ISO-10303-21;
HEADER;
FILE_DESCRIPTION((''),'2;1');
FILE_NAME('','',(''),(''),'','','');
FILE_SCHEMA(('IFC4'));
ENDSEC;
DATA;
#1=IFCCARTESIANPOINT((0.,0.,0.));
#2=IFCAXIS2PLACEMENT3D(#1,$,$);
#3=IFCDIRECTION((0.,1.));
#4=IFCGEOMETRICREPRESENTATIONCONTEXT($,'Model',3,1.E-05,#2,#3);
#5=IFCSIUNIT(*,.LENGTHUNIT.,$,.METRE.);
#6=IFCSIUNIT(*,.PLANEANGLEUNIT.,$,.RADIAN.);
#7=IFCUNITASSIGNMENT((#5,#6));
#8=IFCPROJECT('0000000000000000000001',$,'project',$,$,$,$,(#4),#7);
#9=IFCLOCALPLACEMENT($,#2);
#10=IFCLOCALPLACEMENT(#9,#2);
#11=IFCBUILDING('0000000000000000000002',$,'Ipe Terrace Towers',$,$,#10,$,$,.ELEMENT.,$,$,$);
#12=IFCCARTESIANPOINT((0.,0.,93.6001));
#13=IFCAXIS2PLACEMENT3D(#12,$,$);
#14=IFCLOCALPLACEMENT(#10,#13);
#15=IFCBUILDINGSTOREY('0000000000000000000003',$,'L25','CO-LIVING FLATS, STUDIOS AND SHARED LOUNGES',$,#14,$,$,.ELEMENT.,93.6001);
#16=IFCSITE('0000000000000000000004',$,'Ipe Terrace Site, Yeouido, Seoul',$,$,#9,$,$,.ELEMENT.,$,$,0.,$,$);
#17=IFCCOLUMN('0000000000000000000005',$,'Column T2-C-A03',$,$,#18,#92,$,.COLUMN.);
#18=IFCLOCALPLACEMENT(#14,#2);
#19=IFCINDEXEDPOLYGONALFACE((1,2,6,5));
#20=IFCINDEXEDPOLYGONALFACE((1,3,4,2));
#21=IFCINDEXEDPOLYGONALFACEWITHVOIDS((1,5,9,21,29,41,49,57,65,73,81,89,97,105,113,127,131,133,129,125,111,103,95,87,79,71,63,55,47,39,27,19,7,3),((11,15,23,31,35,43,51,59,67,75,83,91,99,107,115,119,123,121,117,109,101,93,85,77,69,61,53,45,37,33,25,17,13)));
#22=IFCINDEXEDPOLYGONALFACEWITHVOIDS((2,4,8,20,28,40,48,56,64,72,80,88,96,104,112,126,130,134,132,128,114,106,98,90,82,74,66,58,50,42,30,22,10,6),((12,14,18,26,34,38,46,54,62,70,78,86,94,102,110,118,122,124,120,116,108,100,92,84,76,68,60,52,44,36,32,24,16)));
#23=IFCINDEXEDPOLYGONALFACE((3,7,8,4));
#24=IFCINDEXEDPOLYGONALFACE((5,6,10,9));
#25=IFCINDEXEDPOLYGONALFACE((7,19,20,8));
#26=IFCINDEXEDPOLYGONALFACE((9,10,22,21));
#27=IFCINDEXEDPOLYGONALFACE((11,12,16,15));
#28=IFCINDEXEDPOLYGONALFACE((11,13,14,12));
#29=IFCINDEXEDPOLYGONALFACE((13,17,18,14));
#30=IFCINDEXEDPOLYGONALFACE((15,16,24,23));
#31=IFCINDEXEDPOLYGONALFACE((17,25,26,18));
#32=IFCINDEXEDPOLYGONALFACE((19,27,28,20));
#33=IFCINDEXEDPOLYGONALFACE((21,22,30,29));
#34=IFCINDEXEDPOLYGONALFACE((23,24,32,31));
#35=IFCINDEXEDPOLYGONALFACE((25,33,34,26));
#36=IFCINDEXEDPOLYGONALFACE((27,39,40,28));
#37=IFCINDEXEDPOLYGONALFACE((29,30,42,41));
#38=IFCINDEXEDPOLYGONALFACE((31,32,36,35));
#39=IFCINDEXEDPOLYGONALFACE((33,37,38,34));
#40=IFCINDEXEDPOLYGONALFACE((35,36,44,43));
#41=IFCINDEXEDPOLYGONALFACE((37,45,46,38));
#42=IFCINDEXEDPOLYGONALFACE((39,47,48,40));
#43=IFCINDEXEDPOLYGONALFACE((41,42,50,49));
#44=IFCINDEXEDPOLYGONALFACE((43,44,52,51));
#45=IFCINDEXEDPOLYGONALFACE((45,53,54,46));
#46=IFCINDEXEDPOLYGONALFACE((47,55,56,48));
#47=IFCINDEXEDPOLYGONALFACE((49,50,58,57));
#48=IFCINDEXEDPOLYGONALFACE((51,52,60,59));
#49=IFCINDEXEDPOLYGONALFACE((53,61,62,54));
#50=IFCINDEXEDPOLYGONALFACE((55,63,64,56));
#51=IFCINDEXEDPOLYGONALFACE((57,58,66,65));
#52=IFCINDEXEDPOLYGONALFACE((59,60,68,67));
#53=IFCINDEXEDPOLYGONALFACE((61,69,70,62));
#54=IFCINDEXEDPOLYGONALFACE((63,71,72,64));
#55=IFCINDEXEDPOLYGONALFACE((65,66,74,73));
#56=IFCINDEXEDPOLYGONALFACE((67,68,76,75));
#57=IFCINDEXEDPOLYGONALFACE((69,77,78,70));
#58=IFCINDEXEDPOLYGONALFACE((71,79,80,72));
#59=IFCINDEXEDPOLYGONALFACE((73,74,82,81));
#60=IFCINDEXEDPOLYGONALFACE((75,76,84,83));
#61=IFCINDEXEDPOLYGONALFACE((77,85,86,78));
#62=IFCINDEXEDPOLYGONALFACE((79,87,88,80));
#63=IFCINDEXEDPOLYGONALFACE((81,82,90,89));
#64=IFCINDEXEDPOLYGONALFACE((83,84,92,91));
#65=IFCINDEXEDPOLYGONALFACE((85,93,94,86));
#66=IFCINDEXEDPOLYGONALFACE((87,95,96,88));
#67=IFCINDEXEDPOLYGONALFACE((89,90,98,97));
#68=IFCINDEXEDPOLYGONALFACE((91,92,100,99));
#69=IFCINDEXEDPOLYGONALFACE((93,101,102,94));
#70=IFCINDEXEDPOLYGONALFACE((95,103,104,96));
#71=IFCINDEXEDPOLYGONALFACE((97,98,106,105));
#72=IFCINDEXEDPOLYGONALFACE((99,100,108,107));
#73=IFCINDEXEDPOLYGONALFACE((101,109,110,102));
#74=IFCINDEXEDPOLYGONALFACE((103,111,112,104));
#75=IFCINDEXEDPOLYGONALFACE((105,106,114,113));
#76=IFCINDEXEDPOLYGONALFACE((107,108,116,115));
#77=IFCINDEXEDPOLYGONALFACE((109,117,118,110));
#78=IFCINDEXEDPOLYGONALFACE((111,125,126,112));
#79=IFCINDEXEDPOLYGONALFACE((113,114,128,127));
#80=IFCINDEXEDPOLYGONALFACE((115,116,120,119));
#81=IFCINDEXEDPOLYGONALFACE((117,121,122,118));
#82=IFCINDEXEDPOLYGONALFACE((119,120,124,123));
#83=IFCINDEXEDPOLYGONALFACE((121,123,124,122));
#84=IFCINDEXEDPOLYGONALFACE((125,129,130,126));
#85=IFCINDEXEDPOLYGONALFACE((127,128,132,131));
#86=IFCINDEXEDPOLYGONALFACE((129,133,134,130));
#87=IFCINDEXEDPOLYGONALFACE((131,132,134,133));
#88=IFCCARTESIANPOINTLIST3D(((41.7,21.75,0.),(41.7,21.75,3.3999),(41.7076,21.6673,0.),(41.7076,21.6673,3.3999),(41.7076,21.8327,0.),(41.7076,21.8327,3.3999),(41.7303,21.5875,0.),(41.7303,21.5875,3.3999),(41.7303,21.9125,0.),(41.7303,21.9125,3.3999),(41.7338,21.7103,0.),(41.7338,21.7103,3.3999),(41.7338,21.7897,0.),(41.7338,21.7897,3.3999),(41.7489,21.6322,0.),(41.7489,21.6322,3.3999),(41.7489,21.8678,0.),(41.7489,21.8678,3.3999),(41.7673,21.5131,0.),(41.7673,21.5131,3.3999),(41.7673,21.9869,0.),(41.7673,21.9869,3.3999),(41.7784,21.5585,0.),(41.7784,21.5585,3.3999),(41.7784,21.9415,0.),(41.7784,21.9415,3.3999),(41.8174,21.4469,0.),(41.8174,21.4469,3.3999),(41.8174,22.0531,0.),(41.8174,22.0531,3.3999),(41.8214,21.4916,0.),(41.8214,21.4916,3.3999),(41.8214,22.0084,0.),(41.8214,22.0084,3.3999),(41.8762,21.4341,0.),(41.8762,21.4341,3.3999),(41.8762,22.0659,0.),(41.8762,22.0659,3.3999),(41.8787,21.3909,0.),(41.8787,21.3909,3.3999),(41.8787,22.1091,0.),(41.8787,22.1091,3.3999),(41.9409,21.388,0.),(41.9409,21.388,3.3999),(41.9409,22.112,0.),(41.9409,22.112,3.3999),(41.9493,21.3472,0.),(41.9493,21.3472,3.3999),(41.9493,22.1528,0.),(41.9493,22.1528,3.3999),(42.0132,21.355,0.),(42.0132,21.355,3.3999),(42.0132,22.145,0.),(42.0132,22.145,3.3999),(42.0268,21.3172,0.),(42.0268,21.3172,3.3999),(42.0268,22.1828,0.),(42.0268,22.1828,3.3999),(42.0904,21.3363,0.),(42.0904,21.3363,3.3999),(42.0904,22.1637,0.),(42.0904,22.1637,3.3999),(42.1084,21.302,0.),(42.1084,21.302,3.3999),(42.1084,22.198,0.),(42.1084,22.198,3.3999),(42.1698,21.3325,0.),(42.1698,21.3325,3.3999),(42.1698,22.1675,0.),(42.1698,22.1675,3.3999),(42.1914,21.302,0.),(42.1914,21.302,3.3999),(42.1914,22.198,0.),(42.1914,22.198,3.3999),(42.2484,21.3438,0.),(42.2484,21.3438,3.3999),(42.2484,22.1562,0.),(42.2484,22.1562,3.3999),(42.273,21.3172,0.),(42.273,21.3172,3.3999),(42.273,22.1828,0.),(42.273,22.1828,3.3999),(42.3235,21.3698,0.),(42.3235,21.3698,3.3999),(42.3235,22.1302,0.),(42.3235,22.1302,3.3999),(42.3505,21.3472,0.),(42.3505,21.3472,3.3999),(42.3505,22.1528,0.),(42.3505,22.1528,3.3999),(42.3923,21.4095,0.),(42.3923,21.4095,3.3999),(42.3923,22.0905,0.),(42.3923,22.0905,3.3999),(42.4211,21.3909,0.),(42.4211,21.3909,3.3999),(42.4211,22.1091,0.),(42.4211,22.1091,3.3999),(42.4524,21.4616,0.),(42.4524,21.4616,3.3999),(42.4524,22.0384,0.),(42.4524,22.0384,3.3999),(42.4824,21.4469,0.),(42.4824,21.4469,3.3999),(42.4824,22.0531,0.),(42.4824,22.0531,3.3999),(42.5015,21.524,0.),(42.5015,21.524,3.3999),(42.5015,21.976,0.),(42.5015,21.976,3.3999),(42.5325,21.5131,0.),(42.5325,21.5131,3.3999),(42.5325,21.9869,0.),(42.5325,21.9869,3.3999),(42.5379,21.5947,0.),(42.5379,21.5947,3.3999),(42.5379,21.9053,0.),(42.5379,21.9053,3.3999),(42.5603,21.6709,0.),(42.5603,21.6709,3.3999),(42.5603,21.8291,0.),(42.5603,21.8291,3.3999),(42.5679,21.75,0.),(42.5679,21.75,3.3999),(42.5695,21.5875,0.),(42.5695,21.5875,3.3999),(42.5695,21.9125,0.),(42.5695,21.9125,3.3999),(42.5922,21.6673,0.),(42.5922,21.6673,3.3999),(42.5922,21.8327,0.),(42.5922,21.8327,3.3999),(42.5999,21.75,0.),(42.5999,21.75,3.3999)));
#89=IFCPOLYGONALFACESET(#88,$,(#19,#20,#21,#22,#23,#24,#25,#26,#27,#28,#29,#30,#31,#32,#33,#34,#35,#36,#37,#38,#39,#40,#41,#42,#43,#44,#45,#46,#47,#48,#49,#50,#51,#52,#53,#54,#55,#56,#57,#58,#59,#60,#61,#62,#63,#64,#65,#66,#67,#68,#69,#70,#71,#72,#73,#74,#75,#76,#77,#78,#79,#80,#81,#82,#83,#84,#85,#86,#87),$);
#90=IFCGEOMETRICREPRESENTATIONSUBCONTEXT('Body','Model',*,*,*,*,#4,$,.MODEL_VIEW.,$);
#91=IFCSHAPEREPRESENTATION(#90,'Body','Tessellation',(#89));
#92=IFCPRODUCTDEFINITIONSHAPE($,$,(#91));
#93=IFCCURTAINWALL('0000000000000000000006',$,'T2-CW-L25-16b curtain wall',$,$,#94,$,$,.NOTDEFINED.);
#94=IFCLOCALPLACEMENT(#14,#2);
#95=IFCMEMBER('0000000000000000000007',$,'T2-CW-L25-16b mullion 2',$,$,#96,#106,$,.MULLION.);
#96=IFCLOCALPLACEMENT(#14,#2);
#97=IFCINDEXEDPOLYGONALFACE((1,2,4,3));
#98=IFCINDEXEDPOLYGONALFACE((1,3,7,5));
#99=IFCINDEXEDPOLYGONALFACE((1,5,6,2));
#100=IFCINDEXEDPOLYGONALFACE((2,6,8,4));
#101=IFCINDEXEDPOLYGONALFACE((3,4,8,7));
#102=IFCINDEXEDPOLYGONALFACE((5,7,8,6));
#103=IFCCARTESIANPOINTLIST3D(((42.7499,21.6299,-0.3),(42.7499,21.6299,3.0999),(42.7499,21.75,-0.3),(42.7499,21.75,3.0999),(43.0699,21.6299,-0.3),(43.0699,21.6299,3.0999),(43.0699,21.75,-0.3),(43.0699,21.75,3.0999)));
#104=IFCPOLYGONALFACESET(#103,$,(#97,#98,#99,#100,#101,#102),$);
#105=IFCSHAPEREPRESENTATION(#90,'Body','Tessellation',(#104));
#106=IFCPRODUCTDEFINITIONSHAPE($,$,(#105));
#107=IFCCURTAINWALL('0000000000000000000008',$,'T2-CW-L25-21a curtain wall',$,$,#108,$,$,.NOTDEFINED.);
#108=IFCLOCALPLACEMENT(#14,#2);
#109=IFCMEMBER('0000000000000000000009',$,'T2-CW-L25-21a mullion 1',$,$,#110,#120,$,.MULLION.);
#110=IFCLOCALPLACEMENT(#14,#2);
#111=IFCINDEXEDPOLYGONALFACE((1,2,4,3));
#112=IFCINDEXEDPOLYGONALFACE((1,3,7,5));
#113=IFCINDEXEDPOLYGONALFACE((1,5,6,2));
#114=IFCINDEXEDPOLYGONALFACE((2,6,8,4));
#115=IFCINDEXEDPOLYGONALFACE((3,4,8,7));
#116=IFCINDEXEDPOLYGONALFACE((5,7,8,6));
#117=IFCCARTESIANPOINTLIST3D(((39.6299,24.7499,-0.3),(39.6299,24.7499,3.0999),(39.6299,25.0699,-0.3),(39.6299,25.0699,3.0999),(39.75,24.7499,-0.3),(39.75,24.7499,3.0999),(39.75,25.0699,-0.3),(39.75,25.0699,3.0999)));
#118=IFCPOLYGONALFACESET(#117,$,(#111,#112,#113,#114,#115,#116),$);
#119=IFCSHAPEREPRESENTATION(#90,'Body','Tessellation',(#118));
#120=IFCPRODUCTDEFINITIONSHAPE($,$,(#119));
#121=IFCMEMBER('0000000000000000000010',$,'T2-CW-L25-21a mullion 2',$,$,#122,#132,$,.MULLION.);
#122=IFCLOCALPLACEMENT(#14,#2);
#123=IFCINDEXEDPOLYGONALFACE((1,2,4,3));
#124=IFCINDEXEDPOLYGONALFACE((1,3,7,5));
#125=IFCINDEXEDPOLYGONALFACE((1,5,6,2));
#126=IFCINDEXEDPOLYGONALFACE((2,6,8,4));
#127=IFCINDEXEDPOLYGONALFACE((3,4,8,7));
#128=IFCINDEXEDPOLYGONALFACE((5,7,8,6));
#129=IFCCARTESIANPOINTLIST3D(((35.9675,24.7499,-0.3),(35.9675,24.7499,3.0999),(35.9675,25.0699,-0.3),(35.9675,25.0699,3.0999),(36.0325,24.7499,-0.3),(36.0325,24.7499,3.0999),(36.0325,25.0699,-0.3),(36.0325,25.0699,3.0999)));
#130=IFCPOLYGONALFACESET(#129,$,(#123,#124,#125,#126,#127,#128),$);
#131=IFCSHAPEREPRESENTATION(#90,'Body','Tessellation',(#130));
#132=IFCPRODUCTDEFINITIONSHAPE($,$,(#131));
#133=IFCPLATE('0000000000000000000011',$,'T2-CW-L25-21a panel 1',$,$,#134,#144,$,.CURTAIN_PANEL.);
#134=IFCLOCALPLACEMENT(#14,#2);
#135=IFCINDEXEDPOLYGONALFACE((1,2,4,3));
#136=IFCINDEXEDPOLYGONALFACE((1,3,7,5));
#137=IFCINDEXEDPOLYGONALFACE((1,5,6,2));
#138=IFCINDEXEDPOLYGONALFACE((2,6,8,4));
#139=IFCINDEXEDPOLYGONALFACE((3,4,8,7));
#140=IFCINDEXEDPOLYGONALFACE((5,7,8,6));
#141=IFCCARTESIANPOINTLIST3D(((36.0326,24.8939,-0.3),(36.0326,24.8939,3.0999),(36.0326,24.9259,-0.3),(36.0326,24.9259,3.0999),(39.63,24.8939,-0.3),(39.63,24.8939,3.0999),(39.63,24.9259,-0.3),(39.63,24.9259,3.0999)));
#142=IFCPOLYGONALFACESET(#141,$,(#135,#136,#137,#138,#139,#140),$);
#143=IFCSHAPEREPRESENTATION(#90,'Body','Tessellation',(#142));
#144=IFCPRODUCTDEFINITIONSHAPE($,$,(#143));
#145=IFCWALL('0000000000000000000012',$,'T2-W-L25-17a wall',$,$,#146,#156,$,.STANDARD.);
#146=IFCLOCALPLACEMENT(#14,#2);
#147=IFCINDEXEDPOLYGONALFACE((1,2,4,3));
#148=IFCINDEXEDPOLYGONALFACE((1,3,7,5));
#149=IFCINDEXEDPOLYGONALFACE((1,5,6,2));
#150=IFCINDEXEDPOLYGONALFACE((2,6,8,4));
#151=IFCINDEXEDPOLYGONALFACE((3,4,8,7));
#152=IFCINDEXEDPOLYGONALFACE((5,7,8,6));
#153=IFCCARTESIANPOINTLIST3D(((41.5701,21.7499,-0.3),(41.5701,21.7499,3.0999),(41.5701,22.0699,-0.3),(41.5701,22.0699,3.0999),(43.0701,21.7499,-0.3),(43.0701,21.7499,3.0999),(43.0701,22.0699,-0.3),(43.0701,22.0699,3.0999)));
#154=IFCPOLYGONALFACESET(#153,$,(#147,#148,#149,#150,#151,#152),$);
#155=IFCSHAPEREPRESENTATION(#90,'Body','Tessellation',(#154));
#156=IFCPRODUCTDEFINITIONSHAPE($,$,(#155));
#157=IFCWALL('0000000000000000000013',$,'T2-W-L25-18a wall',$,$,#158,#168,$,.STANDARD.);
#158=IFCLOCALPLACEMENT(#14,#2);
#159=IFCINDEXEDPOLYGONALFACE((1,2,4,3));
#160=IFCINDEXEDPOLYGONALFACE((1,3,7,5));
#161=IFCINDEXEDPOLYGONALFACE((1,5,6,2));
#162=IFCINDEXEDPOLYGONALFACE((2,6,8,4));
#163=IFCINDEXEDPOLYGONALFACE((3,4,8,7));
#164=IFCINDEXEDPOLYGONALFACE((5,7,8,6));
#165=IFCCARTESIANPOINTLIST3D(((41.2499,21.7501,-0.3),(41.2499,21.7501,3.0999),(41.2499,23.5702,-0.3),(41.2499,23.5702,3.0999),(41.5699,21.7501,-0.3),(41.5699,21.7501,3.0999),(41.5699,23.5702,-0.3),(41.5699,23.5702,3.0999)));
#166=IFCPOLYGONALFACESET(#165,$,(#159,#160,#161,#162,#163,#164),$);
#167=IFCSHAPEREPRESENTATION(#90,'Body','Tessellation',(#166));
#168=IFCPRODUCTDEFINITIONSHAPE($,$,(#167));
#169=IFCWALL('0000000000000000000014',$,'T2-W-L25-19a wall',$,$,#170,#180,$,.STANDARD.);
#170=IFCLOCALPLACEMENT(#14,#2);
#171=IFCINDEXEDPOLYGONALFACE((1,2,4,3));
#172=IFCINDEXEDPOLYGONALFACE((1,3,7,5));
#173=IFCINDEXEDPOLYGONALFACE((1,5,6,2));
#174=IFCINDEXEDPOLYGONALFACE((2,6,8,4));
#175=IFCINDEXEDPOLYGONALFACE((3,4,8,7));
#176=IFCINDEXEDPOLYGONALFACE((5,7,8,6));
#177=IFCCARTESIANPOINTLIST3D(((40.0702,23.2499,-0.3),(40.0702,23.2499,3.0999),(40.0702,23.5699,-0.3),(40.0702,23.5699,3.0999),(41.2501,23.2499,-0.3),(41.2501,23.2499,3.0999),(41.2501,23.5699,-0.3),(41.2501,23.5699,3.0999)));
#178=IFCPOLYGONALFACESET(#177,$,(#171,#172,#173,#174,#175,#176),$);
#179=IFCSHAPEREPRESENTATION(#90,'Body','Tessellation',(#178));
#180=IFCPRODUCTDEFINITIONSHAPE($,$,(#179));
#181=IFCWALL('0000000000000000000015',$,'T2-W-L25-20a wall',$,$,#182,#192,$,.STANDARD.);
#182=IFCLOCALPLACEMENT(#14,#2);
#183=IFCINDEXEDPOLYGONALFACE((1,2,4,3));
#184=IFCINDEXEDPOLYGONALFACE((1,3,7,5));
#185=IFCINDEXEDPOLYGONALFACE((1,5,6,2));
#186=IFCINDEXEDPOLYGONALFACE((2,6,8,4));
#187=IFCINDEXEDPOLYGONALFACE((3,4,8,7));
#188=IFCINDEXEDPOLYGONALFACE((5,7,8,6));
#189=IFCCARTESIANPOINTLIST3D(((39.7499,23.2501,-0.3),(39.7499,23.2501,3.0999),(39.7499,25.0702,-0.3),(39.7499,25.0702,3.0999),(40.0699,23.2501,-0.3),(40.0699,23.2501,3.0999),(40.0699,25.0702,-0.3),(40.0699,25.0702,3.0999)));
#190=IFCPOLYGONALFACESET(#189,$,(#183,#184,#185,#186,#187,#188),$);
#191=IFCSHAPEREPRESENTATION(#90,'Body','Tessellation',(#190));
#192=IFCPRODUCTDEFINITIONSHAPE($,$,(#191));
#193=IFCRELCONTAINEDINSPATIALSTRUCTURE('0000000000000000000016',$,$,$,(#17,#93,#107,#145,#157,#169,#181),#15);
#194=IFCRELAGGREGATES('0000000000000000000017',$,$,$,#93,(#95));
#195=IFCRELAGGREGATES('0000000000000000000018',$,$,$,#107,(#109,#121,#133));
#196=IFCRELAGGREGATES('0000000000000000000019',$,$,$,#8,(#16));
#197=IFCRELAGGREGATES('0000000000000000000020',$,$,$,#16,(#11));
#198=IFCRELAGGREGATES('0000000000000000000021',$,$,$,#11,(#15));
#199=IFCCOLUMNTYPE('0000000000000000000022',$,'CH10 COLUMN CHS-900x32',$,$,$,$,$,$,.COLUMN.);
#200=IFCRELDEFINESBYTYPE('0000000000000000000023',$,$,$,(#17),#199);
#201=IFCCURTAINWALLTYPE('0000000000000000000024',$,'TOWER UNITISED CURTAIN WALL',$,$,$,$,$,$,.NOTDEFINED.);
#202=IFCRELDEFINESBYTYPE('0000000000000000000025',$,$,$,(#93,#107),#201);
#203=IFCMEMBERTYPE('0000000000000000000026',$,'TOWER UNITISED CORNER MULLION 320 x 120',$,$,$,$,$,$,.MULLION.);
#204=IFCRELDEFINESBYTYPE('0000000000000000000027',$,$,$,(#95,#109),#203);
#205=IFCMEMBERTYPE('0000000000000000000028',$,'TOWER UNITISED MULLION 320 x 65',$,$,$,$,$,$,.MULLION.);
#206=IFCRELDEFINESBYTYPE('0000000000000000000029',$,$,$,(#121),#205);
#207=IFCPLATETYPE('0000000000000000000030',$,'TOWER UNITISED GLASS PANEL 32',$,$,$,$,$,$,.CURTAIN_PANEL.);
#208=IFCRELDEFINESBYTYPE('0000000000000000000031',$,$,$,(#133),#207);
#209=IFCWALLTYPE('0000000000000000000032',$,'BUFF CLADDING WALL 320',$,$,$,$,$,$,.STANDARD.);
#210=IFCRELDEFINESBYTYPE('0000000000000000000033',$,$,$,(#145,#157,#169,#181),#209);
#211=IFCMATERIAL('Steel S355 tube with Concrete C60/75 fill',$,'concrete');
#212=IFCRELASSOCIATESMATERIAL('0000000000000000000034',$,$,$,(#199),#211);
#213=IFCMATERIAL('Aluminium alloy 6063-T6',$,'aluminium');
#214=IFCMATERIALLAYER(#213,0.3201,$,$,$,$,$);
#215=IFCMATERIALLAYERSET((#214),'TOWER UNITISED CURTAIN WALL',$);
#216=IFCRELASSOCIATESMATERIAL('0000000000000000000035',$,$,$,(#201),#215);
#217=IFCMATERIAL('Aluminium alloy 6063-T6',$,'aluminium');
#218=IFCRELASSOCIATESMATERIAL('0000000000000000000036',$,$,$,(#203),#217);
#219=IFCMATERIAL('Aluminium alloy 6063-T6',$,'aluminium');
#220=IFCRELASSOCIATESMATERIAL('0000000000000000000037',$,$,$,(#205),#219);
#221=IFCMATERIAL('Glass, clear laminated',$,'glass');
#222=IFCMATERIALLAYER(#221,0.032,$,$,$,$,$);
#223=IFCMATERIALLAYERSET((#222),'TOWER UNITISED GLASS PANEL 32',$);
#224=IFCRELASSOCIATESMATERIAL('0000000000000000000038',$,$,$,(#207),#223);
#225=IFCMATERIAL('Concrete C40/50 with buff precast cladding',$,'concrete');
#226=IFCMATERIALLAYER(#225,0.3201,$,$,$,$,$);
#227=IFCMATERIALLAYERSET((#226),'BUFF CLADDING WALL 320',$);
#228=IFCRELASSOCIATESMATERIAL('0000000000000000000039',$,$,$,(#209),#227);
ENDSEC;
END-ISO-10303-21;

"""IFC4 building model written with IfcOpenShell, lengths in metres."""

from ifc_helpers import new_model, si_unit, direction, frame, frame_2d, origin, origin_2d, place, context, subcontext, project, spatial, rectangle, hollow_circle, extrude, material, layer, layer_set, material_profile, profile_set, type_object, element, aggregate, save


model = new_model("IFC4")

# Units and contexts
model_context = context("Model", 3, precision=1e-05, world=origin(), true_north=direction((0.0, 1.0)))
body_context = subcontext(model_context, "Body", "Model", "MODEL_VIEW")
ifc_project = project(units=[si_unit("LENGTHUNIT", "METRE"), si_unit("PLANEANGLEUNIT", "RADIAN")], contexts=[model_context])

# Site, building, storey
site_placement = place(None, origin())
site = spatial("IfcSite", under=ifc_project, at=site_placement, Name="Ipe Terrace Site, Yeouido, Seoul", CompositionType="ELEMENT", RefElevation=0.0)
building_placement = place(site_placement, origin())
building = spatial("IfcBuilding", under=site, at=building_placement, Name="Ipe Terrace Towers", CompositionType="ELEMENT")
storey_placement = place(building_placement, frame((0.0, 0.0, 93.6001)))
storey = spatial("IfcBuildingStorey", under=building, at=storey_placement, Name="L25", Description="CO-LIVING FLATS, STUDIOS AND SHARED LOUNGES", CompositionType="ELEMENT", Elevation=93.6001)

# Column
ifc_material_1 = material(Name="Steel S355 tube with Concrete C60/75 fill", Category="concrete")
ifc_material_profile_1 = material_profile(ifc_material_1, hollow_circle(Radius=0.45, WallThickness=0.032, at=origin_2d()), Name="CHS-900x32")
ifc_profile_set_1 = profile_set([ifc_material_profile_1], Name="Steel S355 tube with Concrete C60/75 fill")
column_type = type_object("IfcColumnType", Name="CH10 COLUMN CHS-900x32", PredefinedType="COLUMN", material=ifc_profile_set_1)
column_placement = place(storey_placement, frame((42.1499, 21.75, 0.0), z_axis=(0.0, 0.0, 1.0), x_axis=(1.0, 0.0, 0.0)))
element("IfcColumn", 1, at=column_placement, inside=storey, type_object=column_type, Name="Column T2-C-A03", PredefinedType="COLUMN", context=body_context, shape_type="SweptSolid", body=[
    extrude(hollow_circle(Radius=0.45, WallThickness=0.032, at=origin_2d()), origin(), (0.0, 0.0, 1.0), 3.3999),
])

# Curtain wall, member
ifc_material_2 = material(Name="Aluminium alloy 6063-T6", Category="aluminium")
ifc_layer_1 = layer(ifc_material_2, 0.3201)
ifc_layer_set_1 = layer_set([ifc_layer_1], Name="TOWER UNITISED CURTAIN WALL")
curtain_wall_type = type_object("IfcCurtainWallType", Name="TOWER UNITISED CURTAIN WALL", PredefinedType="NOTDEFINED", material=ifc_layer_set_1)
curtain_wall_1_placement = place(storey_placement, origin())
curtain_wall_1 = element("IfcCurtainWall", 2, at=curtain_wall_1_placement, inside=storey, type_object=curtain_wall_type, Name="T2-CW-L25-16b curtain wall", PredefinedType="NOTDEFINED")
ifc_material_3 = material(Name="Aluminium alloy 6063-T6", Category="aluminium")
ifc_material_profile_2 = material_profile(ifc_material_3, rectangle(XDim=0.3201, YDim=0.1201, at=origin_2d()), Name="TOWER UNITISED CORNER MULLION 320 x 120")
ifc_profile_set_2 = profile_set([ifc_material_profile_2], Name="Aluminium alloy 6063-T6")
member_type_1 = type_object("IfcMemberType", Name="TOWER UNITISED CORNER MULLION 320 x 120", PredefinedType="MULLION", material=ifc_profile_set_2)
member_1_placement = place(storey_placement, frame((42.9099, 21.6899, -0.3), z_axis=(0.0, 0.0, 1.0), x_axis=(1.0, 0.0, 0.0)))
member_1 = element("IfcMember", 3, at=member_1_placement, type_object=member_type_1, Name="T2-CW-L25-16b mullion 2", PredefinedType="MULLION", context=body_context, shape_type="SweptSolid", body=[
    extrude(rectangle(XDim=0.3201, YDim=0.1201, at=origin_2d()), origin(), (0.0, 0.0, 1.0), 3.3999),
])
aggregate(curtain_wall_1, [member_1])

# Curtain wall, members, plate
curtain_wall_2_placement = place(storey_placement, origin())
curtain_wall_2 = element("IfcCurtainWall", 4, at=curtain_wall_2_placement, inside=storey, type_object=curtain_wall_type, Name="T2-CW-L25-21a curtain wall", PredefinedType="NOTDEFINED")
member_2_placement = place(storey_placement, frame((39.6899, 24.9099, -0.3), z_axis=(0.0, 0.0, 1.0), x_axis=(0.0, 1.0, 0.0)))
member_2 = element("IfcMember", 5, at=member_2_placement, type_object=member_type_1, Name="T2-CW-L25-21a mullion 1", PredefinedType="MULLION", context=body_context, shape_type="SweptSolid", body=[
    extrude(rectangle(XDim=0.3201, YDim=0.1201, at=origin_2d()), origin(), (0.0, 0.0, 1.0), 3.3999),
])
ifc_material_4 = material(Name="Aluminium alloy 6063-T6", Category="aluminium")
ifc_material_profile_3 = material_profile(ifc_material_4, rectangle(XDim=0.3201, YDim=0.0649, at=origin_2d()), Name="TOWER UNITISED MULLION 320 x 65")
ifc_profile_set_3 = profile_set([ifc_material_profile_3], Name="Aluminium alloy 6063-T6")
member_type_2 = type_object("IfcMemberType", Name="TOWER UNITISED MULLION 320 x 65", PredefinedType="MULLION", material=ifc_profile_set_3)
member_3_placement = place(storey_placement, frame((36.0, 24.9099, -0.3), z_axis=(0.0, 0.0, 1.0), x_axis=(0.0, 1.0, 0.0)))
member_3 = element("IfcMember", 6, at=member_3_placement, type_object=member_type_2, Name="T2-CW-L25-21a mullion 2", PredefinedType="MULLION", context=body_context, shape_type="SweptSolid", body=[
    extrude(rectangle(XDim=0.3201, YDim=0.0649, at=origin_2d()), origin(), (0.0, 0.0, 1.0), 3.3999),
])
ifc_material_5 = material(Name="Glass, clear laminated", Category="glass")
ifc_layer_2 = layer(ifc_material_5, 0.032)
ifc_layer_set_2 = layer_set([ifc_layer_2], Name="TOWER UNITISED GLASS PANEL 32")
plate_type = type_object("IfcPlateType", Name="TOWER UNITISED GLASS PANEL 32", PredefinedType="CURTAIN_PANEL", material=ifc_layer_set_2)
plate_placement = place(storey_placement, frame((37.8313, 24.9099, -0.3), z_axis=(0.0, 0.0, 1.0), x_axis=(-1.0, 0.0, 0.0)))
plate = element("IfcPlate", 7, at=plate_placement, type_object=plate_type, Name="T2-CW-L25-21a panel 1", PredefinedType="CURTAIN_PANEL", context=body_context, shape_type="SweptSolid", body=[
    extrude(rectangle(XDim=3.5974, YDim=0.032, at=origin_2d()), origin(), (0.0, 0.0, 1.0), 3.3999),
])
aggregate(curtain_wall_2, [member_2, member_3, plate])

# Walls
ifc_material_6 = material(Name="Concrete C40/50 with buff precast cladding", Category="concrete")
ifc_layer_3 = layer(ifc_material_6, 0.3201)
ifc_layer_set_3 = layer_set([ifc_layer_3], Name="BUFF CLADDING WALL 320")
wall_type_1 = type_object("IfcWallType", Name="BUFF CLADDING WALL 320", PredefinedType="STANDARD", material=ifc_layer_set_3)
wall_1_placement = place(storey_placement, frame((43.0701, 21.9099, -0.3), z_axis=(0.0, 0.0, 1.0), x_axis=(-1.0, 0.0, 0.0)))
element("IfcWall", 8, at=wall_1_placement, inside=storey, type_object=wall_type_1, Name="T2-W-L25-17a wall", PredefinedType="STANDARD", context=body_context, shape_type="SweptSolid", body=[
    extrude(rectangle(XDim=1.5, YDim=0.3201, at=frame_2d((0.75, 0.0))), origin(), (0.0, 0.0, 1.0), 3.3999),
])
wall_2_placement = place(storey_placement, frame((41.4099, 21.75, -0.3), z_axis=(0.0, 0.0, 1.0), x_axis=(0.0, 1.0, 0.0)))
element("IfcWall", 9, at=wall_2_placement, inside=storey, type_object=wall_type_1, Name="T2-W-L25-18a wall", PredefinedType="STANDARD", context=body_context, shape_type="SweptSolid", body=[
    extrude(rectangle(XDim=1.8201, YDim=0.3201, at=frame_2d((0.9102, 0.0))), origin(), (0.0, 0.0, 1.0), 3.3999),
])
wall_3_placement = place(storey_placement, frame((41.25, 23.4099, -0.3), z_axis=(0.0, 0.0, 1.0), x_axis=(-1.0, 0.0, 0.0)))
element("IfcWall", 10, at=wall_3_placement, inside=storey, type_object=wall_type_1, Name="T2-W-L25-19a wall", PredefinedType="STANDARD", context=body_context, shape_type="SweptSolid", body=[
    extrude(rectangle(XDim=1.1799, YDim=0.3201, at=frame_2d((0.5898, 0.0))), origin(), (0.0, 0.0, 1.0), 3.3999),
])
wall_4_placement = place(storey_placement, frame((39.9099, 23.25, -0.3), z_axis=(0.0, 0.0, 1.0), x_axis=(0.0, 1.0, 0.0)))
element("IfcWall", 11, at=wall_4_placement, inside=storey, type_object=wall_type_1, Name="T2-W-L25-20a wall", PredefinedType="STANDARD", context=body_context, shape_type="SweptSolid", body=[
    extrude(rectangle(XDim=1.8201, YDim=0.3201, at=frame_2d((0.9102, 0.0))), origin(), (0.0, 0.0, 1.0), 3.3999),
])

save(model, "model.ifc")
